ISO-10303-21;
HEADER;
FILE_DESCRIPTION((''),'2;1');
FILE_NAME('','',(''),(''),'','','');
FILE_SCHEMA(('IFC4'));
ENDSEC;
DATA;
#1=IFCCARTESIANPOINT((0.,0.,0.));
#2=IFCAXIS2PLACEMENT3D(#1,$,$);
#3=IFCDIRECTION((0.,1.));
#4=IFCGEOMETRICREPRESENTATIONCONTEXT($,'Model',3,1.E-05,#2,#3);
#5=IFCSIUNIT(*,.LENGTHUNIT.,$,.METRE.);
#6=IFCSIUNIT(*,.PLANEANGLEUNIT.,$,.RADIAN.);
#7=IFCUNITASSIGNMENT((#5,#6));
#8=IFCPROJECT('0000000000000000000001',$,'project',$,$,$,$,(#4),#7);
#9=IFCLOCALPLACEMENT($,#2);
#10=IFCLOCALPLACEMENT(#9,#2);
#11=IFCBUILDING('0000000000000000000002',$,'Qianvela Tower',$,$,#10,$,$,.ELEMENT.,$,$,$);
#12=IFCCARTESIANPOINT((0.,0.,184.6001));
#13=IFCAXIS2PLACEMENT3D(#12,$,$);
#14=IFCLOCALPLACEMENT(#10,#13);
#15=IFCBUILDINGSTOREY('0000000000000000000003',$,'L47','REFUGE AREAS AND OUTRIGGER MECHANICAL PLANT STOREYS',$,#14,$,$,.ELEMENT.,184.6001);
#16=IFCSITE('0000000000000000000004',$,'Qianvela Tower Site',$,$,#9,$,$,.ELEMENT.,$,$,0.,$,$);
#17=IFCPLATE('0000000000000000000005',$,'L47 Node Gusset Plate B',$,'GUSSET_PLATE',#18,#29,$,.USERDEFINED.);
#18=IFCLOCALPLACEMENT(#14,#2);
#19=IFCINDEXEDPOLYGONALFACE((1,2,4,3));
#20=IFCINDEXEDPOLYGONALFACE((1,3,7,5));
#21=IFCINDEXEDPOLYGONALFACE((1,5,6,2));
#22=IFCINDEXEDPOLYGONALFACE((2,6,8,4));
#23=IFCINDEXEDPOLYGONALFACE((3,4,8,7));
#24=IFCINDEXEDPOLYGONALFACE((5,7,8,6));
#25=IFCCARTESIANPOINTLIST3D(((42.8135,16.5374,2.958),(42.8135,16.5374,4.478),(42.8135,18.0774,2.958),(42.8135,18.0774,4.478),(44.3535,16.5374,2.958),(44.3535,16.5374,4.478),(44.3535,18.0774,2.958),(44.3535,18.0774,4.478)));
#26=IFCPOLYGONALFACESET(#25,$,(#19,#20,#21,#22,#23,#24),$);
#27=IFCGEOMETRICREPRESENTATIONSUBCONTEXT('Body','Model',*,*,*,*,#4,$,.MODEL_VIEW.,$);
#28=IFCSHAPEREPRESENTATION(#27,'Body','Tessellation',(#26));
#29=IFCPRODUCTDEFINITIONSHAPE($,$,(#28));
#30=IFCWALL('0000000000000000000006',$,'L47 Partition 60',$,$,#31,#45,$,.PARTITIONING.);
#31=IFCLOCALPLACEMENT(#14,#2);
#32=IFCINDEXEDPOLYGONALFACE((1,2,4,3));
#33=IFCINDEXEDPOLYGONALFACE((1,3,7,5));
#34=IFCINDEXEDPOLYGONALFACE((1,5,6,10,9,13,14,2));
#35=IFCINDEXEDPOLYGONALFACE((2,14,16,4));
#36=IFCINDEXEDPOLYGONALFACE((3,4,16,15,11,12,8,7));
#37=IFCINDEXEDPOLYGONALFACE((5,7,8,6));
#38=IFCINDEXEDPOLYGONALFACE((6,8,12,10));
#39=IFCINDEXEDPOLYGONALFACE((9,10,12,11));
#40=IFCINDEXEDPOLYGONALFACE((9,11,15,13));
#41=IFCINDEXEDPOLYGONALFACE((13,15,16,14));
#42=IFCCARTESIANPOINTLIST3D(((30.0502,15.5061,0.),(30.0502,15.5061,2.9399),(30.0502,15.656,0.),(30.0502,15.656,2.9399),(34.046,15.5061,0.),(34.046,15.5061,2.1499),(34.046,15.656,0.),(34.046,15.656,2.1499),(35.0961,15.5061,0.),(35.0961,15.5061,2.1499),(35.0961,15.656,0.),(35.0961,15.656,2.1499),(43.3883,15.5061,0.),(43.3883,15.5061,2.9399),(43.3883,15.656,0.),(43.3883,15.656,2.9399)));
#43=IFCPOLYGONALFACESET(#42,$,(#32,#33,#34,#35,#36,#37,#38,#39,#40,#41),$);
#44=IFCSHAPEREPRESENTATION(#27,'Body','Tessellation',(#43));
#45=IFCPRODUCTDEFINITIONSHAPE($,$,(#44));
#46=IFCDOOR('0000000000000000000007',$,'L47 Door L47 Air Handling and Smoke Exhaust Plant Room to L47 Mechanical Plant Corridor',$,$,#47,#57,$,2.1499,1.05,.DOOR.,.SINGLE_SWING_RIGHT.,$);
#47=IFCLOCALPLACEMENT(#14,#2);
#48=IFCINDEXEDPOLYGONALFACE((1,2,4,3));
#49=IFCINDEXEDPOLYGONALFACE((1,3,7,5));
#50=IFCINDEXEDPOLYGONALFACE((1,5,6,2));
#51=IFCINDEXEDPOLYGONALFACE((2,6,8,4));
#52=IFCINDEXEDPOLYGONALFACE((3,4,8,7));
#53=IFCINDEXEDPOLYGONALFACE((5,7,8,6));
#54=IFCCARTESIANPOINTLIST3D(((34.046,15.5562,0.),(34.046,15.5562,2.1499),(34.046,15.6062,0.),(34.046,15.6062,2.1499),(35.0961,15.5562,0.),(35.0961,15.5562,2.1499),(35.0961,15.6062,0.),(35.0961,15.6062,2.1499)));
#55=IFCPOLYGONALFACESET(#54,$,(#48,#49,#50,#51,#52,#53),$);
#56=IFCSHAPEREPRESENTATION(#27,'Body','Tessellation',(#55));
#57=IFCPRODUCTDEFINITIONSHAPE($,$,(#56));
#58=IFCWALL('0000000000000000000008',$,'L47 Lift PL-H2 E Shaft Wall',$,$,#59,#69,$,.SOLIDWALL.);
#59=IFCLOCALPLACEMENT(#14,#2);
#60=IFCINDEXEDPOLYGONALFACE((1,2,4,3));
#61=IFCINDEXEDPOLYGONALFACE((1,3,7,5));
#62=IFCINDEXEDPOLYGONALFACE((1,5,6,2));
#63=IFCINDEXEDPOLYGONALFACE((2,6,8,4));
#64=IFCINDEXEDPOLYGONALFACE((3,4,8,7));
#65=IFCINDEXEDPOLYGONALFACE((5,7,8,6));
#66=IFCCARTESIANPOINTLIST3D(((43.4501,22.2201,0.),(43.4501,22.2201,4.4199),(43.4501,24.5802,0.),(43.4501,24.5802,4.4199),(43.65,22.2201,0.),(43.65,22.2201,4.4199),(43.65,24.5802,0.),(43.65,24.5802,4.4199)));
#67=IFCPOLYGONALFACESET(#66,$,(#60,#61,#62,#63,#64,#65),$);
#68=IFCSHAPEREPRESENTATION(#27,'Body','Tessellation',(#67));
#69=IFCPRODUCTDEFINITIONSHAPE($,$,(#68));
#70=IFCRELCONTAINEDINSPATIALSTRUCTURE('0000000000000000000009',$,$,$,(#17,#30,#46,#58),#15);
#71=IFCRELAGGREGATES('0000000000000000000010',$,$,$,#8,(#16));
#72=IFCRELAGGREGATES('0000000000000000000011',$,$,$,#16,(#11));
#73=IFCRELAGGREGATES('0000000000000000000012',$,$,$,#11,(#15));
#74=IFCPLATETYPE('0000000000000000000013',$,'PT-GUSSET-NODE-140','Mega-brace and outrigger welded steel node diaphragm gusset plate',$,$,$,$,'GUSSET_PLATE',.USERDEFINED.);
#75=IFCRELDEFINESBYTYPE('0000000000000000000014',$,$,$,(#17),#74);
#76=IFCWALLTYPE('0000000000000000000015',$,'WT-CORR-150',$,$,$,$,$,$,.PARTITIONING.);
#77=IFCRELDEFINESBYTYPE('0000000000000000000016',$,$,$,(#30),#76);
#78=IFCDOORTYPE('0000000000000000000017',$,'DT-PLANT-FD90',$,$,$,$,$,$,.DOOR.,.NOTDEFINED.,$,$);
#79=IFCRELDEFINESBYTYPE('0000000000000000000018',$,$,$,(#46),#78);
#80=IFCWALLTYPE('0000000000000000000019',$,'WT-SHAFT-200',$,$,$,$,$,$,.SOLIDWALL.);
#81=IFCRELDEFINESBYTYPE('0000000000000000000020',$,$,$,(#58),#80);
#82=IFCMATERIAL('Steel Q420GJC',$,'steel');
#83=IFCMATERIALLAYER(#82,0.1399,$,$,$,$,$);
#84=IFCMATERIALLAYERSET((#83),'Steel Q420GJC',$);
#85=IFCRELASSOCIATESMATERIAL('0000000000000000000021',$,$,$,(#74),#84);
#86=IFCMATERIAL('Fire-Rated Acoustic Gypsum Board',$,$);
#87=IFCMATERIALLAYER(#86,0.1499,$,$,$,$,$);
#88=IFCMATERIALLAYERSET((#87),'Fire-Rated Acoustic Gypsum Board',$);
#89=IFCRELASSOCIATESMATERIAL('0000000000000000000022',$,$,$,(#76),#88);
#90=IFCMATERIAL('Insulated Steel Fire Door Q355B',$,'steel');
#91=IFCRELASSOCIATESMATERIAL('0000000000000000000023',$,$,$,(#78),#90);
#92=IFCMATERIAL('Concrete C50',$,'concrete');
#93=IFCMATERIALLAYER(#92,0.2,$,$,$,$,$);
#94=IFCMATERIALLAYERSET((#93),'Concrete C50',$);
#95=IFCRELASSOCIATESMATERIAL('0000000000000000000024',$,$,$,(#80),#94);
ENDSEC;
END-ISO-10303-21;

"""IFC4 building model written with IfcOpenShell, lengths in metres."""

from ifc_helpers import new_model, si_unit, direction, frame, frame_2d, origin, origin_2d, place, context, subcontext, project, spatial, rectangle, extrude, material, layer, layer_set, type_object, element, fill, save


model = new_model("IFC4")

# Units and contexts
model_context = context("Model", 3, precision=1e-05, world=origin(), true_north=direction((0.0, 1.0)))
body_context = subcontext(model_context, "Body", "Model", "MODEL_VIEW")
ifc_project = project(units=[si_unit("LENGTHUNIT", "METRE"), si_unit("PLANEANGLEUNIT", "RADIAN")], contexts=[model_context])

# Site, building, storey
site_placement = place(None, origin())
site = spatial("IfcSite", under=ifc_project, at=site_placement, Name="Qianvela Tower Site", CompositionType="ELEMENT", RefElevation=0.0)
building_placement = place(site_placement, origin())
building = spatial("IfcBuilding", under=site, at=building_placement, Name="Qianvela Tower", CompositionType="ELEMENT")
storey_placement = place(building_placement, frame((0.0, 0.0, 184.6001)))
storey = spatial("IfcBuildingStorey", under=building, at=storey_placement, Name="L47", Description="REFUGE AREAS AND OUTRIGGER MECHANICAL PLANT STOREYS", CompositionType="ELEMENT", Elevation=184.6001)

# Plate
ifc_material_1 = material(Name="Steel Q420GJC", Category="steel")
ifc_layer_1 = layer(ifc_material_1, 0.1399)
ifc_layer_set_1 = layer_set([ifc_layer_1], Name="Steel Q420GJC")
plate_type = type_object("IfcPlateType", Name="PT-GUSSET-NODE-140", Description="Mega-brace and outrigger welded steel node diaphragm gusset plate", ElementType="GUSSET_PLATE", PredefinedType="USERDEFINED", material=ifc_layer_set_1)
plate_1_placement = place(storey_placement, frame((43.5835, 17.3074, 2.958), z_axis=(0.0, 0.0, 1.0), x_axis=(1.0, 0.0, 0.0)))
element("IfcPlate", 1, at=plate_1_placement, inside=storey, type_object=plate_type, Name="L47 Node Gusset Plate B", ObjectType="GUSSET_PLATE", PredefinedType="USERDEFINED", context=body_context, shape_type="SweptSolid", body=[
    extrude(rectangle(XDim=1.54, YDim=1.54, at=origin_2d()), origin(), (0.0, 0.0, 1.0), 1.52),
])

# Wall, opening, door
ifc_material_2 = material(Name="Fire-Rated Acoustic Gypsum Board")
ifc_layer_2 = layer(ifc_material_2, 0.1499)
ifc_layer_set_2 = layer_set([ifc_layer_2], Name="Fire-Rated Acoustic Gypsum Board")
wall_type_1 = type_object("IfcWallType", Name="WT-CORR-150", PredefinedType="PARTITIONING", material=ifc_layer_set_2)
ifc_material_3 = material(Name="Insulated Steel Fire Door Q355B", Category="steel")
door_type_1 = type_object("IfcDoorType", Name="DT-PLANT-FD90", OperationType="NOTDEFINED", PredefinedType="DOOR", material=ifc_material_3)
wall_1_placement = place(storey_placement, frame((43.3882, 15.5811, 0.0), z_axis=(0.0, 0.0, 1.0), x_axis=(-1.0, 0.0, 0.0)))
wall_1 = element("IfcWall", 2, at=wall_1_placement, inside=storey, type_object=wall_type_1, Name="L47 Partition 60", PredefinedType="PARTITIONING", context=body_context, shape_type="SweptSolid", body=[
    extrude(rectangle(XDim=13.3381, YDim=0.1499, at=frame_2d((6.6689, 0.0))), origin(), (0.0, 0.0, 1.0), 2.9399),
])
opening_1_placement = place(wall_1_placement, frame((8.2922, 0.0, 0.0)))
opening_1 = element("IfcOpeningElement", 3, at=opening_1_placement, cuts=wall_1, PredefinedType="OPENING", context=body_context, shape_type="SweptSolid", body=[
    extrude(rectangle(XDim=1.05, YDim=2.1499, at=frame_2d((0.5249, 1.075))), frame((0.0, 0.085, 0.0), z_axis=(0.0, -1.0, 0.0), x_axis=(1.0, 0.0, 0.0)), (0.0, 0.0, 1.0), 0.1699),
])
door_1_placement = place(opening_1_placement, origin())
door_1 = element("IfcDoor", 4, at=door_1_placement, inside=storey, type_object=door_type_1, Name="L47 Door L47 Air Handling and Smoke Exhaust Plant Room to L47 Mechanical Plant Corridor", OperationType="SINGLE_SWING_RIGHT", OverallHeight=2.1499, OverallWidth=1.05, PredefinedType="DOOR", context=body_context, shape_type="SweptSolid", body=[
    extrude(rectangle(XDim=1.05, YDim=2.1499, at=frame_2d((0.5249, 1.075))), frame((0.0, 0.0249, 0.0), z_axis=(0.0, -1.0, 0.0), x_axis=(1.0, 0.0, 0.0)), (0.0, 0.0, 1.0), 0.05),
])
fill(opening_1, door_1)

# Wall
ifc_material_4 = material(Name="Concrete C50", Category="concrete")
ifc_layer_3 = layer(ifc_material_4, 0.2)
ifc_layer_set_3 = layer_set([ifc_layer_3], Name="Concrete C50")
wall_type_2 = type_object("IfcWallType", Name="WT-SHAFT-200", PredefinedType="SOLIDWALL", material=ifc_layer_set_3)
wall_2_placement = place(storey_placement, frame((43.55, 22.22, 0.0), z_axis=(0.0, 0.0, 1.0), x_axis=(0.0, 1.0, 0.0)))
element("IfcWall", 5, at=wall_2_placement, inside=storey, type_object=wall_type_2, Name="L47 Lift PL-H2 E Shaft Wall", PredefinedType="SOLIDWALL", context=body_context, shape_type="SweptSolid", body=[
    extrude(rectangle(XDim=2.3601, YDim=0.2, at=frame_2d((1.1802, 0.0))), origin(), (0.0, 0.0, 1.0), 4.4199),
])

save(model, "model.ifc")
